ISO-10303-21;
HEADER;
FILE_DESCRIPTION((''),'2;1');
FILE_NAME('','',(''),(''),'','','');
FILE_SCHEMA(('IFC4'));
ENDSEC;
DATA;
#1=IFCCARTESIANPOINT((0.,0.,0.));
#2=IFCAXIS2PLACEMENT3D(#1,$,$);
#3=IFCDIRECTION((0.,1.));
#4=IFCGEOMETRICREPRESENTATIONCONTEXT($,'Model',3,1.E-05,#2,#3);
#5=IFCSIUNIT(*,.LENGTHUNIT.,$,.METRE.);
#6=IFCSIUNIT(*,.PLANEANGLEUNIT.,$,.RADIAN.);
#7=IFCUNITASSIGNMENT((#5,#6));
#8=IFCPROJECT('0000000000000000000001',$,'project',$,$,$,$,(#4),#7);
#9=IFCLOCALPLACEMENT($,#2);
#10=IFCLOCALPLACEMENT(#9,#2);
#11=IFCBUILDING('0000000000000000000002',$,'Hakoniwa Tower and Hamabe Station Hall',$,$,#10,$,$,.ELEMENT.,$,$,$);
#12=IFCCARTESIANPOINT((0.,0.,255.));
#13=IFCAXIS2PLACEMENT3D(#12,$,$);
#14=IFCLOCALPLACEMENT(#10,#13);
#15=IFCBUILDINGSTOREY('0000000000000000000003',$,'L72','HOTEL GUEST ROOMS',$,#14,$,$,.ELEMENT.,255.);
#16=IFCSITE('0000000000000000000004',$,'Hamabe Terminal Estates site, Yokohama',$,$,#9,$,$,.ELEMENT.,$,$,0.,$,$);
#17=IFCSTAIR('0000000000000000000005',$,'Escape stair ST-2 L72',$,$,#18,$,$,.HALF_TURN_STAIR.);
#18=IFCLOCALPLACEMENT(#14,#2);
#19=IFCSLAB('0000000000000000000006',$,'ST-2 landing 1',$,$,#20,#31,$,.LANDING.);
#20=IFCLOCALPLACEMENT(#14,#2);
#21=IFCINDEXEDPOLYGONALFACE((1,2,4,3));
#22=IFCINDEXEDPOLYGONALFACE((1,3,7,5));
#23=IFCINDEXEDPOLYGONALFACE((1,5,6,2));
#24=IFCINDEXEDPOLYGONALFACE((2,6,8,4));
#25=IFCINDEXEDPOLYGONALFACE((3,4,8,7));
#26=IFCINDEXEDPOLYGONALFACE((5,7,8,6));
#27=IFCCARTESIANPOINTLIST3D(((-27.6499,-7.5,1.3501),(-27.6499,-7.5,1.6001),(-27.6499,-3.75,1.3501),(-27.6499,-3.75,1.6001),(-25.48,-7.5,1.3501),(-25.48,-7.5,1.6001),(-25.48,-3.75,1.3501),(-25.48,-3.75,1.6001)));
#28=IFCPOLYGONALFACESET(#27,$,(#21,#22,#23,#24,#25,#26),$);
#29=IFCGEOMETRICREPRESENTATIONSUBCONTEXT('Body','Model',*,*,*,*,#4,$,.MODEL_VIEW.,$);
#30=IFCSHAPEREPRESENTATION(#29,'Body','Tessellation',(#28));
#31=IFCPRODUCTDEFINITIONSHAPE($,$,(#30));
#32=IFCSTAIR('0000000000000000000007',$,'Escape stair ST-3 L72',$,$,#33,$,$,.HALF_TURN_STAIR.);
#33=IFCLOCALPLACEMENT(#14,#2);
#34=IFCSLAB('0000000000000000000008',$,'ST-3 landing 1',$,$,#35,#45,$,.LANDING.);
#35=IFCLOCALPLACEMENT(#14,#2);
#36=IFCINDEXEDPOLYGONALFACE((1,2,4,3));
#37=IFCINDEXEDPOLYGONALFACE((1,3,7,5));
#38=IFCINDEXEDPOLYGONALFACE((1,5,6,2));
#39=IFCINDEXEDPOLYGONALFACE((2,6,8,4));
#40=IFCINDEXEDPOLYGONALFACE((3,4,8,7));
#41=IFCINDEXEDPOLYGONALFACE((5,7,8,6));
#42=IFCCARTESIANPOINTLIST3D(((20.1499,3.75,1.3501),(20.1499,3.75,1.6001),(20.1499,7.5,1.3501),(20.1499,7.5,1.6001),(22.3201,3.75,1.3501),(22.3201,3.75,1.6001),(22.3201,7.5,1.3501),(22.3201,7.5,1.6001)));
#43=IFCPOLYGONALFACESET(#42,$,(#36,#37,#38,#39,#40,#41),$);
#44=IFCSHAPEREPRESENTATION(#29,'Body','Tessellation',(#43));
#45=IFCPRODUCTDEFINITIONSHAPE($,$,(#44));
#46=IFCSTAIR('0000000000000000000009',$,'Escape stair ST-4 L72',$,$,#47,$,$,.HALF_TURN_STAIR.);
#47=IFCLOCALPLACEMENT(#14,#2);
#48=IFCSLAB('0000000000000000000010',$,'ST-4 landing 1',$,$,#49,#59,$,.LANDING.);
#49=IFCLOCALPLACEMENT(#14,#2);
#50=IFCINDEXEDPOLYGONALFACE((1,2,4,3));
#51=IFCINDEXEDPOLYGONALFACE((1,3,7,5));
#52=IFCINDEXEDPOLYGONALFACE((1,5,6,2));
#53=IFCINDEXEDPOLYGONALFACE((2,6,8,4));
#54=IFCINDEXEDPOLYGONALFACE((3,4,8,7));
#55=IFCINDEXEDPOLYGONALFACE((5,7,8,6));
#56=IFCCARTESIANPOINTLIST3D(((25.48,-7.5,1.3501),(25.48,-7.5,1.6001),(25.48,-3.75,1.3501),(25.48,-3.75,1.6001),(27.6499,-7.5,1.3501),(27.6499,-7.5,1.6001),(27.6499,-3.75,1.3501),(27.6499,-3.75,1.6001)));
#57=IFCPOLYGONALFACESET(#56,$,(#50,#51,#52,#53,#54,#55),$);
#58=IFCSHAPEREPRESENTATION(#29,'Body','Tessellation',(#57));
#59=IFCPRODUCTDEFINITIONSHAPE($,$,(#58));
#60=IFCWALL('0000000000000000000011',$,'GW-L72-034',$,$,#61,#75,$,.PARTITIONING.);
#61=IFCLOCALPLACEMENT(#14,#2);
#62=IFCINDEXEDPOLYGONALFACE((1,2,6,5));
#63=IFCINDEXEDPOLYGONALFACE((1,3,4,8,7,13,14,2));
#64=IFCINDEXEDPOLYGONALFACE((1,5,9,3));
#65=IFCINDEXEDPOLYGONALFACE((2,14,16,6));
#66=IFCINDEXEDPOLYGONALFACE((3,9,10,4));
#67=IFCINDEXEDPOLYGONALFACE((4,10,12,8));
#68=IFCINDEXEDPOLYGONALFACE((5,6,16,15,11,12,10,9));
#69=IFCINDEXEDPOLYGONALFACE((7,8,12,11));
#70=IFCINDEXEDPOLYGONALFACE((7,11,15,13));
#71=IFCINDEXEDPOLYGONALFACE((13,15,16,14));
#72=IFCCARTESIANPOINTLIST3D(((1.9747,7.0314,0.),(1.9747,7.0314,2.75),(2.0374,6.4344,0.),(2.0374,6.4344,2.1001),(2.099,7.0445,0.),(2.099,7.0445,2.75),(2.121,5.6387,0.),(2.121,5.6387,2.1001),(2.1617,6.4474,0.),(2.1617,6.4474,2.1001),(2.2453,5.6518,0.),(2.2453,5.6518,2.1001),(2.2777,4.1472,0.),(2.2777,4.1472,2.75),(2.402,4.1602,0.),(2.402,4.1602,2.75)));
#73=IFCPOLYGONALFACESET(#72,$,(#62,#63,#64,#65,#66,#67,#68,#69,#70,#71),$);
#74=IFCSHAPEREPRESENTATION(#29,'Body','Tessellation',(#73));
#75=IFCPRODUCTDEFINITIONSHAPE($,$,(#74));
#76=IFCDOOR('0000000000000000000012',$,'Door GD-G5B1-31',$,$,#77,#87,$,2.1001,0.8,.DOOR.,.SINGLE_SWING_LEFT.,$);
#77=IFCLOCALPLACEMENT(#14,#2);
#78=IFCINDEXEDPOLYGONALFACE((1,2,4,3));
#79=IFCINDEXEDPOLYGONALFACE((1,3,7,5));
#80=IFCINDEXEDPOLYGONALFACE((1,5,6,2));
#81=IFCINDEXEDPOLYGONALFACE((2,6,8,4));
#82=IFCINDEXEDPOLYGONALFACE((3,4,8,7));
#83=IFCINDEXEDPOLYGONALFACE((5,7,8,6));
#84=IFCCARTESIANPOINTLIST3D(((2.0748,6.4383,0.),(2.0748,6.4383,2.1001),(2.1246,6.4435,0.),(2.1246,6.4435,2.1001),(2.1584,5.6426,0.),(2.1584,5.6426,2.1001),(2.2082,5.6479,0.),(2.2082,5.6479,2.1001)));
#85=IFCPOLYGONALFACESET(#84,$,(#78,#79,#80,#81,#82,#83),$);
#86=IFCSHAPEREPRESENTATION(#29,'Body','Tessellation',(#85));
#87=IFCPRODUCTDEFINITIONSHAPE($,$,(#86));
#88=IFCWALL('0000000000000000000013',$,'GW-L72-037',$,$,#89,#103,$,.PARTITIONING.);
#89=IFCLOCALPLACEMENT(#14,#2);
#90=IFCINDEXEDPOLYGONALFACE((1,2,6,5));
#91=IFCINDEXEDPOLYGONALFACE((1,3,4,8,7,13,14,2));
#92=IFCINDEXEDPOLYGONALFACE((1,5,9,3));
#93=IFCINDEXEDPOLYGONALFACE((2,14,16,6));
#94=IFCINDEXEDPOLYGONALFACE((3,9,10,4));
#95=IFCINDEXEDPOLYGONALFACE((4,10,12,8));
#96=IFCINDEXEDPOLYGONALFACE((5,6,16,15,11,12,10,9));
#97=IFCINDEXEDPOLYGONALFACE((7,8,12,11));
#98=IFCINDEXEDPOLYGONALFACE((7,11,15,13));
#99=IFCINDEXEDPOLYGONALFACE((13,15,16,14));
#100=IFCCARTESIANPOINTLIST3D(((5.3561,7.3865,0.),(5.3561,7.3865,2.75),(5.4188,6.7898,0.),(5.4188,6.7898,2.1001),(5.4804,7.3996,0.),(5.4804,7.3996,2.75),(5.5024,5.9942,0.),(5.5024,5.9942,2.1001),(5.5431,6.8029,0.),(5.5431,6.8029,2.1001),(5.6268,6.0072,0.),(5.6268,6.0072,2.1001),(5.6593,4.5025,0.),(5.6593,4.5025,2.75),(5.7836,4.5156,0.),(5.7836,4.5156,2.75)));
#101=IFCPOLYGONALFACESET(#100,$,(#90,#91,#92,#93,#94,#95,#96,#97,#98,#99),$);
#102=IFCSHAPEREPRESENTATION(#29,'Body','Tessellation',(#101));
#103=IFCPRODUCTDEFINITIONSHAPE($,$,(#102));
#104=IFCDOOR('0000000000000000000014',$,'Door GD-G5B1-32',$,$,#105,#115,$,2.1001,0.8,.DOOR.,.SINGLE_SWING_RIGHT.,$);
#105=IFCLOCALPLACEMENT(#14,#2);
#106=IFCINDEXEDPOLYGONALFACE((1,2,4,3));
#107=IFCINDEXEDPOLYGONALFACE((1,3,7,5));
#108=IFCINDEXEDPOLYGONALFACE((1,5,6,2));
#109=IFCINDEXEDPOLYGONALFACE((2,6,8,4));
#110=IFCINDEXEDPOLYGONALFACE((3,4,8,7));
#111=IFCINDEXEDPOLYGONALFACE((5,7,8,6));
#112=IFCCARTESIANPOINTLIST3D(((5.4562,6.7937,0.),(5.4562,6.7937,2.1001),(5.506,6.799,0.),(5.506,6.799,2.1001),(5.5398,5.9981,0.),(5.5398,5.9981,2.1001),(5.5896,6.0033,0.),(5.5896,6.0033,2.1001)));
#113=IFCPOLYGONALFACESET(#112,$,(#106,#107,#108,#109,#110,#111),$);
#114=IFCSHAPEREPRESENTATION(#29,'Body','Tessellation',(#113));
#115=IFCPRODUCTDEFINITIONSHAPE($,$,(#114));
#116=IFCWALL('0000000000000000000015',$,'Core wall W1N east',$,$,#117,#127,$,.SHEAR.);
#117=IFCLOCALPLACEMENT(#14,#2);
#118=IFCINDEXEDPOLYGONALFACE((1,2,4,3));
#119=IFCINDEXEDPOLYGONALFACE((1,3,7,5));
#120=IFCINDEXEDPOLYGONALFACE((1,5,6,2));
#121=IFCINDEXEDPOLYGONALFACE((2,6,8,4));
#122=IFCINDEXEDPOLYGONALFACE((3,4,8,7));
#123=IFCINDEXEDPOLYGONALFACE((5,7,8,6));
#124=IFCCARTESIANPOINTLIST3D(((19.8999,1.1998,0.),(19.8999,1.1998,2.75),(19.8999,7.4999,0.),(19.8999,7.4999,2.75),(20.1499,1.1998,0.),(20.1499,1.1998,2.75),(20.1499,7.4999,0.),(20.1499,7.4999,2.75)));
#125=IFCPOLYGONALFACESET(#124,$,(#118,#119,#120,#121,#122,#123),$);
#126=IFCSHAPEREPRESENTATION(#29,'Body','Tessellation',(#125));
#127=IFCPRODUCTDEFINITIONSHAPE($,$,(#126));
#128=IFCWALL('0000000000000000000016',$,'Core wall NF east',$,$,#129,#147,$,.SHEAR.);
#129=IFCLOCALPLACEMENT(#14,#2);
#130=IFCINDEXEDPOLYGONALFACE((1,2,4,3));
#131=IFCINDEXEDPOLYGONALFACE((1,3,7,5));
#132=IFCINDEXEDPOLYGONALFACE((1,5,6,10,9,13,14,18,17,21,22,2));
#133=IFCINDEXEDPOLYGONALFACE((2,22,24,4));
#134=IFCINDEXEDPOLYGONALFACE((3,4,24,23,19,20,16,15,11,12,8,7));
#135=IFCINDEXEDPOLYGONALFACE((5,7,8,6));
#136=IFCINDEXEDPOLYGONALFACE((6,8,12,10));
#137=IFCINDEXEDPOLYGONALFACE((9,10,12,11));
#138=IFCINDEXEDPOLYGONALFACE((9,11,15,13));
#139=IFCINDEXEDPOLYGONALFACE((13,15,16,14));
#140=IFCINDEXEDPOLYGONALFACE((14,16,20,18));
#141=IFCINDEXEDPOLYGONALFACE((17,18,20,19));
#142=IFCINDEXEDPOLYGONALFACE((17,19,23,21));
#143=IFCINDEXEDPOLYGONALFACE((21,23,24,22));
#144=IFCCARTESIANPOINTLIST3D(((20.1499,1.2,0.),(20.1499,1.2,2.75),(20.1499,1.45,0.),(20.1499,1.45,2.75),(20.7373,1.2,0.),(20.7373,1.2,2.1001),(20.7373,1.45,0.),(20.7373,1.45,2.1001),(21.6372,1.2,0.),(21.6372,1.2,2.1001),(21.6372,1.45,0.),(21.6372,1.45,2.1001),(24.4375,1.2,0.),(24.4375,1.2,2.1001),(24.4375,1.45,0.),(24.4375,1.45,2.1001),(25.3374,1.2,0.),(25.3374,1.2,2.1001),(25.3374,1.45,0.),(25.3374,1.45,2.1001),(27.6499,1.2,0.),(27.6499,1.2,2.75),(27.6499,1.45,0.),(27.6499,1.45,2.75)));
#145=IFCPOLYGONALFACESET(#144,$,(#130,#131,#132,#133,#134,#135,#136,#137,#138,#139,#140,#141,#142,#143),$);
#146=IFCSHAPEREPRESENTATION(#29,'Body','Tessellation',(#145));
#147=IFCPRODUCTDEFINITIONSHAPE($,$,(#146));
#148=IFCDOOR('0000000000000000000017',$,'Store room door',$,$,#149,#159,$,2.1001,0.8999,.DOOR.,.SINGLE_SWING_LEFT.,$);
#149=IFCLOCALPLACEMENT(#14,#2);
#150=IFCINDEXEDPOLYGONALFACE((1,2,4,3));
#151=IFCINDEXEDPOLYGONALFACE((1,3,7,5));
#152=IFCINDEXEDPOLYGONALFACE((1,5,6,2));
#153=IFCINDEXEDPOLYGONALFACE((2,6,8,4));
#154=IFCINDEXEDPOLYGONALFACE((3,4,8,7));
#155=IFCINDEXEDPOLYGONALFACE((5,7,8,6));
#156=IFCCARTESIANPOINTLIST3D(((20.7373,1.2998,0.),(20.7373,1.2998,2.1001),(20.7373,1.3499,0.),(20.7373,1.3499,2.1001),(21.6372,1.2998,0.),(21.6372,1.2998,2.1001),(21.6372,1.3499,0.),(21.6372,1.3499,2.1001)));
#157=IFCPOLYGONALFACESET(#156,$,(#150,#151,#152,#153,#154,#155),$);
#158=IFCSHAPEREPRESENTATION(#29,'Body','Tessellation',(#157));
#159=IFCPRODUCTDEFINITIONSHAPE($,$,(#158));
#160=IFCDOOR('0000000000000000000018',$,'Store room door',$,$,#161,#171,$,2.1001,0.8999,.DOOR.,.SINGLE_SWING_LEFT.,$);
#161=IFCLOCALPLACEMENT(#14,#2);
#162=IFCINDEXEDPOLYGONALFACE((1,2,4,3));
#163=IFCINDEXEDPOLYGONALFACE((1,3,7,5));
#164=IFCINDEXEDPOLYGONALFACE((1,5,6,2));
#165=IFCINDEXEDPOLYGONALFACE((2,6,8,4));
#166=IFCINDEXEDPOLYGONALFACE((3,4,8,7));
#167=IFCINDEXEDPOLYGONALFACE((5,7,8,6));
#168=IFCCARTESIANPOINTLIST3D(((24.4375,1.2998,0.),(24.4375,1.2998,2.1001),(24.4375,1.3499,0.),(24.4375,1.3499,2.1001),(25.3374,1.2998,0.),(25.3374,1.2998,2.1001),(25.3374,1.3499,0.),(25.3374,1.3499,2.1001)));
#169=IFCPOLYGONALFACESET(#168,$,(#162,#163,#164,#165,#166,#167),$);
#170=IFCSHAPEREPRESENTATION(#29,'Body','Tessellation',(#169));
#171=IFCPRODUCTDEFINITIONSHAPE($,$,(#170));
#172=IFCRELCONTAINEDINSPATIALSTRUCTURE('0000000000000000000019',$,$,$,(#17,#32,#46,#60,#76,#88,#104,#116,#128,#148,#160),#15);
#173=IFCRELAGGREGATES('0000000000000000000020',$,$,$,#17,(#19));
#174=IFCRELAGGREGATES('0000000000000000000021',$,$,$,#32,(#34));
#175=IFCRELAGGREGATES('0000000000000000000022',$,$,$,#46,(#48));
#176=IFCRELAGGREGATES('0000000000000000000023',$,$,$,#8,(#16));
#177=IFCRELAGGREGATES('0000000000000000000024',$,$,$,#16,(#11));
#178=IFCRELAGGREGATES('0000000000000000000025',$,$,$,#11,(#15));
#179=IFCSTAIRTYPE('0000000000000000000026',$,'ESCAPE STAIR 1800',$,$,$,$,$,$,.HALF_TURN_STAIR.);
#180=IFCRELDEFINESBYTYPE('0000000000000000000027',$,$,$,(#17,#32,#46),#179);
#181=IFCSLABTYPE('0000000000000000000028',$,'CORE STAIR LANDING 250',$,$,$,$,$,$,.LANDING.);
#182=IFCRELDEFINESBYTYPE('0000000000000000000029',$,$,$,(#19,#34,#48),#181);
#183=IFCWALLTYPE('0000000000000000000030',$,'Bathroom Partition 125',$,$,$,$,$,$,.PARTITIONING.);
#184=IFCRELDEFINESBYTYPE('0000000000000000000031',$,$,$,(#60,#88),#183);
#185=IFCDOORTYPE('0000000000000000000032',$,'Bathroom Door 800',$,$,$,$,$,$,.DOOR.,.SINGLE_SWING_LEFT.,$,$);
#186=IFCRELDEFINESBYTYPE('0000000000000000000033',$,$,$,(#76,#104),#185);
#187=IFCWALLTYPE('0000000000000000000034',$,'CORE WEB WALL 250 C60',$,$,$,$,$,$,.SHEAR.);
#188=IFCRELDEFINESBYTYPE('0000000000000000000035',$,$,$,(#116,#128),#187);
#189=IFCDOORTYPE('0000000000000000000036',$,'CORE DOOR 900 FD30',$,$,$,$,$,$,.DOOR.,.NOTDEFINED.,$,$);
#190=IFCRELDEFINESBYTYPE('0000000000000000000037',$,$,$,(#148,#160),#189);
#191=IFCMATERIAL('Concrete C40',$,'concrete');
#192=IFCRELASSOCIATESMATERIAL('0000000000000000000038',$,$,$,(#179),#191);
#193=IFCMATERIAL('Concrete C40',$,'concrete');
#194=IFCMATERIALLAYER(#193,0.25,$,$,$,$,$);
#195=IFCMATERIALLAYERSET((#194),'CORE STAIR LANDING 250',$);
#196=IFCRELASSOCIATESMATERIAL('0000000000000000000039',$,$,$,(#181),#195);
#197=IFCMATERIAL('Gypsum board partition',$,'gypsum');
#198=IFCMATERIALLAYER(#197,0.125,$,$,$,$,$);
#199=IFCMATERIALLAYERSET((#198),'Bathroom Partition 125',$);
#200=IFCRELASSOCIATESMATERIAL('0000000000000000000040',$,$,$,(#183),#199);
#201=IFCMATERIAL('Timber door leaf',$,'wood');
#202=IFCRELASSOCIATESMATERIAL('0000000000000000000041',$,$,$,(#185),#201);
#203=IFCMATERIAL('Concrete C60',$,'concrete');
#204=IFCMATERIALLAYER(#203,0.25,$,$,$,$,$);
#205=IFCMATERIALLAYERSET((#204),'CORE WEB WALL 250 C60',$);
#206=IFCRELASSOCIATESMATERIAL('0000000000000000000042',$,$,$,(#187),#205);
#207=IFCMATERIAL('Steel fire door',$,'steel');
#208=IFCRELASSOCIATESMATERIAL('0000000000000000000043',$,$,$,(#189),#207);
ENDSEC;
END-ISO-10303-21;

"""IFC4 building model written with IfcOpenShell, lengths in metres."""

from ifc_helpers import new_model, si_unit, direction, frame, frame_2d, origin, place, context, subcontext, project, spatial, polyline, rectangle, outline, extrude, material, layer, layer_set, type_object, element, fill, aggregate, save


model = new_model("IFC4")

# Units and contexts
model_context = context("Model", 3, precision=1e-05, world=origin(), true_north=direction((0.0, 1.0)))
body_context = subcontext(model_context, "Body", "Model", "MODEL_VIEW")
ifc_project = project(units=[si_unit("LENGTHUNIT", "METRE"), si_unit("PLANEANGLEUNIT", "RADIAN")], contexts=[model_context])

# Site, building, storey
site_placement = place(None, origin())
site = spatial("IfcSite", under=ifc_project, at=site_placement, Name="Hamabe Terminal Estates site, Yokohama", CompositionType="ELEMENT", RefElevation=0.0)
building_placement = place(site_placement, origin())
building = spatial("IfcBuilding", under=site, at=building_placement, Name="Hakoniwa Tower and Hamabe Station Hall", CompositionType="ELEMENT")
storey_placement = place(building_placement, frame((0.0, 0.0, 255.0)))
storey = spatial("IfcBuildingStorey", under=building, at=storey_placement, Name="L72", Description="HOTEL GUEST ROOMS", CompositionType="ELEMENT", Elevation=255.0)

# Stairs, slabs
ifc_material_1 = material(Name="Concrete C40", Category="concrete")
stair_type = type_object("IfcStairType", Name="ESCAPE STAIR 1800", PredefinedType="HALF_TURN_STAIR", material=ifc_material_1)
stair_1_placement = place(storey_placement, origin())
stair_1 = element("IfcStair", 1, at=stair_1_placement, inside=storey, type_object=stair_type, Name="Escape stair ST-2 L72", PredefinedType="HALF_TURN_STAIR")
ifc_material_2 = material(Name="Concrete C40", Category="concrete")
ifc_layer_1 = layer(ifc_material_2, 0.25)
ifc_layer_set_1 = layer_set([ifc_layer_1], Name="CORE STAIR LANDING 250")
slab_type = type_object("IfcSlabType", Name="CORE STAIR LANDING 250", PredefinedType="LANDING", material=ifc_layer_set_1)
slab_1_placement = place(storey_placement, frame((0.0, 0.0, 1.3501)))
slab_1 = element("IfcSlab", 2, at=slab_1_placement, type_object=slab_type, Name="ST-2 landing 1", PredefinedType="LANDING", context=body_context, shape_type="SweptSolid", body=[
    extrude(outline(polyline([(-25.48, -7.5), (-27.6499, -7.5), (-27.6499, -3.75), (-25.48, -3.75), (-25.48, -7.5)])), origin(), (0.0, 0.0, 1.0), 0.25),
])
aggregate(stair_1, [slab_1])
stair_2_placement = place(storey_placement, origin())
stair_2 = element("IfcStair", 3, at=stair_2_placement, inside=storey, type_object=stair_type, Name="Escape stair ST-3 L72", PredefinedType="HALF_TURN_STAIR")
slab_2_placement = place(storey_placement, frame((0.0, 0.0, 1.3501)))
slab_2 = element("IfcSlab", 4, at=slab_2_placement, type_object=slab_type, Name="ST-3 landing 1", PredefinedType="LANDING", context=body_context, shape_type="SweptSolid", body=[
    extrude(outline(polyline([(22.3201, 3.75), (20.1499, 3.75), (20.1499, 7.5), (22.3201, 7.5), (22.3201, 3.75)])), origin(), (0.0, 0.0, 1.0), 0.25),
])
aggregate(stair_2, [slab_2])
stair_3_placement = place(storey_placement, origin())
stair_3 = element("IfcStair", 5, at=stair_3_placement, inside=storey, type_object=stair_type, Name="Escape stair ST-4 L72", PredefinedType="HALF_TURN_STAIR")
slab_3_placement = place(storey_placement, frame((0.0, 0.0, 1.3501)))
slab_3 = element("IfcSlab", 6, at=slab_3_placement, type_object=slab_type, Name="ST-4 landing 1", PredefinedType="LANDING", context=body_context, shape_type="SweptSolid", body=[
    extrude(outline(polyline([(25.48, -7.5), (27.6499, -7.5), (27.6499, -3.75), (25.48, -3.75), (25.48, -7.5)])), origin(), (0.0, 0.0, 1.0), 0.25),
])
aggregate(stair_3, [slab_3])

# Walls, openings, doors
ifc_material_3 = material(Name="Gypsum board partition", Category="gypsum")
ifc_layer_2 = layer(ifc_material_3, 0.125)
ifc_layer_set_2 = layer_set([ifc_layer_2], Name="Bathroom Partition 125")
wall_type_1 = type_object("IfcWallType", Name="Bathroom Partition 125", PredefinedType="PARTITIONING", material=ifc_layer_set_2)
wall_1_placement = place(storey_placement, frame((2.3398, 4.1536, 0.0), z_axis=(0.0, 0.0, 1.0), x_axis=(-0.10447, 0.994528, 0.0)))
wall_1 = element("IfcWall", 7, at=wall_1_placement, inside=storey, type_object=wall_type_1, Name="GW-L72-034", PredefinedType="PARTITIONING", context=body_context, shape_type="SweptSolid", body=[
    extrude(rectangle(XDim=2.9001, YDim=0.125, at=frame_2d((1.4502, 0.0))), origin(), (0.0, 0.0, 1.0), 2.75),
])
opening_1_placement = place(wall_1_placement, frame((1.5, 0.0, 0.0)))
opening_1 = element("IfcOpeningElement", 8, at=opening_1_placement, cuts=wall_1, PredefinedType="OPENING", context=body_context, shape_type="SweptSolid", body=[
    extrude(rectangle(XDim=0.8, YDim=2.1001, at=frame_2d((0.3999, 1.05))), frame((0.0, 0.0725, 0.0), z_axis=(0.0, -1.0, 0.0), x_axis=(1.0, 0.0, 0.0)), (0.0, 0.0, 1.0), 0.145),
])
ifc_material_4 = material(Name="Timber door leaf", Category="wood")
door_type_1 = type_object("IfcDoorType", Name="Bathroom Door 800", OperationType="SINGLE_SWING_LEFT", PredefinedType="DOOR", material=ifc_material_4)
door_1_placement = place(opening_1_placement, origin())
door_1 = element("IfcDoor", 9, at=door_1_placement, inside=storey, type_object=door_type_1, Name="Door GD-G5B1-31", OperationType="SINGLE_SWING_LEFT", OverallHeight=2.1001, OverallWidth=0.8, PredefinedType="DOOR", context=body_context, shape_type="SweptSolid", body=[
    extrude(rectangle(XDim=0.8, YDim=2.1001, at=frame_2d((0.3999, 1.05))), frame((0.0, 0.0249, 0.0), z_axis=(0.0, -1.0, 0.0), x_axis=(1.0, 0.0, 0.0)), (0.0, 0.0, 1.0), 0.05),
])
fill(opening_1, door_1)
wall_2_placement = place(storey_placement, frame((5.7214, 4.509, 0.0), z_axis=(0.0, 0.0, 1.0), x_axis=(-0.104562, 0.994518, 0.0)))
wall_2 = element("IfcWall", 10, at=wall_2_placement, inside=storey, type_object=wall_type_1, Name="GW-L72-037", PredefinedType="PARTITIONING", context=body_context, shape_type="SweptSolid", body=[
    extrude(rectangle(XDim=2.8999, YDim=0.125, at=frame_2d((1.45, 0.0))), origin(), (0.0, 0.0, 1.0), 2.75),
])
opening_2_placement = place(wall_2_placement, frame((1.5, 0.0, 0.0)))
opening_2 = element("IfcOpeningElement", 11, at=opening_2_placement, cuts=wall_2, PredefinedType="OPENING", context=body_context, shape_type="SweptSolid", body=[
    extrude(rectangle(XDim=0.8, YDim=2.1001, at=frame_2d((0.3999, 1.05))), frame((0.0, 0.0725, 0.0), z_axis=(0.0, -1.0, 0.0), x_axis=(1.0, 0.0, 0.0)), (0.0, 0.0, 1.0), 0.145),
])
door_2_placement = place(opening_2_placement, origin())
door_2 = element("IfcDoor", 12, at=door_2_placement, inside=storey, type_object=door_type_1, Name="Door GD-G5B1-32", OperationType="SINGLE_SWING_RIGHT", OverallHeight=2.1001, OverallWidth=0.8, PredefinedType="DOOR", context=body_context, shape_type="SweptSolid", body=[
    extrude(rectangle(XDim=0.8, YDim=2.1001, at=frame_2d((0.3999, 1.05))), frame((0.0, 0.0249, 0.0), z_axis=(0.0, -1.0, 0.0), x_axis=(1.0, 0.0, 0.0)), (0.0, 0.0, 1.0), 0.05),
])
fill(opening_2, door_2)

# Wall
ifc_material_5 = material(Name="Concrete C60", Category="concrete")
ifc_layer_3 = layer(ifc_material_5, 0.25)
ifc_layer_set_3 = layer_set([ifc_layer_3], Name="CORE WEB WALL 250 C60")
wall_type_2 = type_object("IfcWallType", Name="CORE WEB WALL 250 C60", PredefinedType="SHEAR", material=ifc_layer_set_3)
wall_3_placement = place(storey_placement, frame((20.0249, 1.2, 0.0), z_axis=(0.0, 0.0, 1.0), x_axis=(0.0, 1.0, 0.0)))
element("IfcWall", 13, at=wall_3_placement, inside=storey, type_object=wall_type_2, Name="Core wall W1N east", PredefinedType="SHEAR", context=body_context, shape_type="SweptSolid", body=[
    extrude(rectangle(XDim=6.3, YDim=0.25, at=frame_2d((3.1499, 0.0))), origin(), (0.0, 0.0, 1.0), 2.75),
])

# Wall, openings, doors
wall_4_placement = place(storey_placement, frame((20.1499, 1.325, 0.0), z_axis=(0.0, 0.0, 1.0), x_axis=(1.0, 0.0, 0.0)))
wall_4 = element("IfcWall", 14, at=wall_4_placement, inside=storey, type_object=wall_type_2, Name="Core wall NF east", PredefinedType="SHEAR", context=body_context, shape_type="SweptSolid", body=[
    extrude(rectangle(XDim=7.5, YDim=0.25, at=frame_2d((3.75, 0.0))), origin(), (0.0, 0.0, 1.0), 2.75),
])
opening_3_placement = place(wall_4_placement, frame((0.5874, 0.0, 0.0)))
opening_3 = element("IfcOpeningElement", 15, at=opening_3_placement, cuts=wall_4, PredefinedType="OPENING", context=body_context, shape_type="SweptSolid", body=[
    extrude(rectangle(XDim=0.8999, YDim=2.1001, at=frame_2d((0.45, 1.05))), frame((0.0, 0.135, 0.0), z_axis=(0.0, -1.0, 0.0), x_axis=(1.0, 0.0, 0.0)), (0.0, 0.0, 1.0), 0.27),
])
opening_4_placement = place(wall_4_placement, frame((4.2876, 0.0, 0.0)))
opening_4 = element("IfcOpeningElement", 16, at=opening_4_placement, cuts=wall_4, PredefinedType="OPENING", context=body_context, shape_type="SweptSolid", body=[
    extrude(rectangle(XDim=0.8999, YDim=2.1001, at=frame_2d((0.45, 1.05))), frame((0.0, 0.135, 0.0), z_axis=(0.0, -1.0, 0.0), x_axis=(1.0, 0.0, 0.0)), (0.0, 0.0, 1.0), 0.27),
])
ifc_material_6 = material(Name="Steel fire door", Category="steel")
door_type_2 = type_object("IfcDoorType", Name="CORE DOOR 900 FD30", OperationType="NOTDEFINED", PredefinedType="DOOR", material=ifc_material_6)
door_3_placement = place(opening_3_placement, origin())
door_3 = element("IfcDoor", 17, at=door_3_placement, inside=storey, type_object=door_type_2, Name="Store room door", OperationType="SINGLE_SWING_LEFT", OverallHeight=2.1001, OverallWidth=0.8999, PredefinedType="DOOR", context=body_context, shape_type="SweptSolid", body=[
    extrude(rectangle(XDim=0.8999, YDim=2.1001, at=frame_2d((0.45, 1.05))), frame((0.0, 0.0249, 0.0), z_axis=(0.0, -1.0, 0.0), x_axis=(1.0, 0.0, 0.0)), (0.0, 0.0, 1.0), 0.05),
])
fill(opening_3, door_3)
door_4_placement = place(opening_4_placement, origin())
door_4 = element("IfcDoor", 18, at=door_4_placement, inside=storey, type_object=door_type_2, Name="Store room door", OperationType="SINGLE_SWING_LEFT", OverallHeight=2.1001, OverallWidth=0.8999, PredefinedType="DOOR", context=body_context, shape_type="SweptSolid", body=[
    extrude(rectangle(XDim=0.8999, YDim=2.1001, at=frame_2d((0.45, 1.05))), frame((0.0, 0.0249, 0.0), z_axis=(0.0, -1.0, 0.0), x_axis=(1.0, 0.0, 0.0)), (0.0, 0.0, 1.0), 0.05),
])
fill(opening_4, door_4)

save(model, "model.ifc")
